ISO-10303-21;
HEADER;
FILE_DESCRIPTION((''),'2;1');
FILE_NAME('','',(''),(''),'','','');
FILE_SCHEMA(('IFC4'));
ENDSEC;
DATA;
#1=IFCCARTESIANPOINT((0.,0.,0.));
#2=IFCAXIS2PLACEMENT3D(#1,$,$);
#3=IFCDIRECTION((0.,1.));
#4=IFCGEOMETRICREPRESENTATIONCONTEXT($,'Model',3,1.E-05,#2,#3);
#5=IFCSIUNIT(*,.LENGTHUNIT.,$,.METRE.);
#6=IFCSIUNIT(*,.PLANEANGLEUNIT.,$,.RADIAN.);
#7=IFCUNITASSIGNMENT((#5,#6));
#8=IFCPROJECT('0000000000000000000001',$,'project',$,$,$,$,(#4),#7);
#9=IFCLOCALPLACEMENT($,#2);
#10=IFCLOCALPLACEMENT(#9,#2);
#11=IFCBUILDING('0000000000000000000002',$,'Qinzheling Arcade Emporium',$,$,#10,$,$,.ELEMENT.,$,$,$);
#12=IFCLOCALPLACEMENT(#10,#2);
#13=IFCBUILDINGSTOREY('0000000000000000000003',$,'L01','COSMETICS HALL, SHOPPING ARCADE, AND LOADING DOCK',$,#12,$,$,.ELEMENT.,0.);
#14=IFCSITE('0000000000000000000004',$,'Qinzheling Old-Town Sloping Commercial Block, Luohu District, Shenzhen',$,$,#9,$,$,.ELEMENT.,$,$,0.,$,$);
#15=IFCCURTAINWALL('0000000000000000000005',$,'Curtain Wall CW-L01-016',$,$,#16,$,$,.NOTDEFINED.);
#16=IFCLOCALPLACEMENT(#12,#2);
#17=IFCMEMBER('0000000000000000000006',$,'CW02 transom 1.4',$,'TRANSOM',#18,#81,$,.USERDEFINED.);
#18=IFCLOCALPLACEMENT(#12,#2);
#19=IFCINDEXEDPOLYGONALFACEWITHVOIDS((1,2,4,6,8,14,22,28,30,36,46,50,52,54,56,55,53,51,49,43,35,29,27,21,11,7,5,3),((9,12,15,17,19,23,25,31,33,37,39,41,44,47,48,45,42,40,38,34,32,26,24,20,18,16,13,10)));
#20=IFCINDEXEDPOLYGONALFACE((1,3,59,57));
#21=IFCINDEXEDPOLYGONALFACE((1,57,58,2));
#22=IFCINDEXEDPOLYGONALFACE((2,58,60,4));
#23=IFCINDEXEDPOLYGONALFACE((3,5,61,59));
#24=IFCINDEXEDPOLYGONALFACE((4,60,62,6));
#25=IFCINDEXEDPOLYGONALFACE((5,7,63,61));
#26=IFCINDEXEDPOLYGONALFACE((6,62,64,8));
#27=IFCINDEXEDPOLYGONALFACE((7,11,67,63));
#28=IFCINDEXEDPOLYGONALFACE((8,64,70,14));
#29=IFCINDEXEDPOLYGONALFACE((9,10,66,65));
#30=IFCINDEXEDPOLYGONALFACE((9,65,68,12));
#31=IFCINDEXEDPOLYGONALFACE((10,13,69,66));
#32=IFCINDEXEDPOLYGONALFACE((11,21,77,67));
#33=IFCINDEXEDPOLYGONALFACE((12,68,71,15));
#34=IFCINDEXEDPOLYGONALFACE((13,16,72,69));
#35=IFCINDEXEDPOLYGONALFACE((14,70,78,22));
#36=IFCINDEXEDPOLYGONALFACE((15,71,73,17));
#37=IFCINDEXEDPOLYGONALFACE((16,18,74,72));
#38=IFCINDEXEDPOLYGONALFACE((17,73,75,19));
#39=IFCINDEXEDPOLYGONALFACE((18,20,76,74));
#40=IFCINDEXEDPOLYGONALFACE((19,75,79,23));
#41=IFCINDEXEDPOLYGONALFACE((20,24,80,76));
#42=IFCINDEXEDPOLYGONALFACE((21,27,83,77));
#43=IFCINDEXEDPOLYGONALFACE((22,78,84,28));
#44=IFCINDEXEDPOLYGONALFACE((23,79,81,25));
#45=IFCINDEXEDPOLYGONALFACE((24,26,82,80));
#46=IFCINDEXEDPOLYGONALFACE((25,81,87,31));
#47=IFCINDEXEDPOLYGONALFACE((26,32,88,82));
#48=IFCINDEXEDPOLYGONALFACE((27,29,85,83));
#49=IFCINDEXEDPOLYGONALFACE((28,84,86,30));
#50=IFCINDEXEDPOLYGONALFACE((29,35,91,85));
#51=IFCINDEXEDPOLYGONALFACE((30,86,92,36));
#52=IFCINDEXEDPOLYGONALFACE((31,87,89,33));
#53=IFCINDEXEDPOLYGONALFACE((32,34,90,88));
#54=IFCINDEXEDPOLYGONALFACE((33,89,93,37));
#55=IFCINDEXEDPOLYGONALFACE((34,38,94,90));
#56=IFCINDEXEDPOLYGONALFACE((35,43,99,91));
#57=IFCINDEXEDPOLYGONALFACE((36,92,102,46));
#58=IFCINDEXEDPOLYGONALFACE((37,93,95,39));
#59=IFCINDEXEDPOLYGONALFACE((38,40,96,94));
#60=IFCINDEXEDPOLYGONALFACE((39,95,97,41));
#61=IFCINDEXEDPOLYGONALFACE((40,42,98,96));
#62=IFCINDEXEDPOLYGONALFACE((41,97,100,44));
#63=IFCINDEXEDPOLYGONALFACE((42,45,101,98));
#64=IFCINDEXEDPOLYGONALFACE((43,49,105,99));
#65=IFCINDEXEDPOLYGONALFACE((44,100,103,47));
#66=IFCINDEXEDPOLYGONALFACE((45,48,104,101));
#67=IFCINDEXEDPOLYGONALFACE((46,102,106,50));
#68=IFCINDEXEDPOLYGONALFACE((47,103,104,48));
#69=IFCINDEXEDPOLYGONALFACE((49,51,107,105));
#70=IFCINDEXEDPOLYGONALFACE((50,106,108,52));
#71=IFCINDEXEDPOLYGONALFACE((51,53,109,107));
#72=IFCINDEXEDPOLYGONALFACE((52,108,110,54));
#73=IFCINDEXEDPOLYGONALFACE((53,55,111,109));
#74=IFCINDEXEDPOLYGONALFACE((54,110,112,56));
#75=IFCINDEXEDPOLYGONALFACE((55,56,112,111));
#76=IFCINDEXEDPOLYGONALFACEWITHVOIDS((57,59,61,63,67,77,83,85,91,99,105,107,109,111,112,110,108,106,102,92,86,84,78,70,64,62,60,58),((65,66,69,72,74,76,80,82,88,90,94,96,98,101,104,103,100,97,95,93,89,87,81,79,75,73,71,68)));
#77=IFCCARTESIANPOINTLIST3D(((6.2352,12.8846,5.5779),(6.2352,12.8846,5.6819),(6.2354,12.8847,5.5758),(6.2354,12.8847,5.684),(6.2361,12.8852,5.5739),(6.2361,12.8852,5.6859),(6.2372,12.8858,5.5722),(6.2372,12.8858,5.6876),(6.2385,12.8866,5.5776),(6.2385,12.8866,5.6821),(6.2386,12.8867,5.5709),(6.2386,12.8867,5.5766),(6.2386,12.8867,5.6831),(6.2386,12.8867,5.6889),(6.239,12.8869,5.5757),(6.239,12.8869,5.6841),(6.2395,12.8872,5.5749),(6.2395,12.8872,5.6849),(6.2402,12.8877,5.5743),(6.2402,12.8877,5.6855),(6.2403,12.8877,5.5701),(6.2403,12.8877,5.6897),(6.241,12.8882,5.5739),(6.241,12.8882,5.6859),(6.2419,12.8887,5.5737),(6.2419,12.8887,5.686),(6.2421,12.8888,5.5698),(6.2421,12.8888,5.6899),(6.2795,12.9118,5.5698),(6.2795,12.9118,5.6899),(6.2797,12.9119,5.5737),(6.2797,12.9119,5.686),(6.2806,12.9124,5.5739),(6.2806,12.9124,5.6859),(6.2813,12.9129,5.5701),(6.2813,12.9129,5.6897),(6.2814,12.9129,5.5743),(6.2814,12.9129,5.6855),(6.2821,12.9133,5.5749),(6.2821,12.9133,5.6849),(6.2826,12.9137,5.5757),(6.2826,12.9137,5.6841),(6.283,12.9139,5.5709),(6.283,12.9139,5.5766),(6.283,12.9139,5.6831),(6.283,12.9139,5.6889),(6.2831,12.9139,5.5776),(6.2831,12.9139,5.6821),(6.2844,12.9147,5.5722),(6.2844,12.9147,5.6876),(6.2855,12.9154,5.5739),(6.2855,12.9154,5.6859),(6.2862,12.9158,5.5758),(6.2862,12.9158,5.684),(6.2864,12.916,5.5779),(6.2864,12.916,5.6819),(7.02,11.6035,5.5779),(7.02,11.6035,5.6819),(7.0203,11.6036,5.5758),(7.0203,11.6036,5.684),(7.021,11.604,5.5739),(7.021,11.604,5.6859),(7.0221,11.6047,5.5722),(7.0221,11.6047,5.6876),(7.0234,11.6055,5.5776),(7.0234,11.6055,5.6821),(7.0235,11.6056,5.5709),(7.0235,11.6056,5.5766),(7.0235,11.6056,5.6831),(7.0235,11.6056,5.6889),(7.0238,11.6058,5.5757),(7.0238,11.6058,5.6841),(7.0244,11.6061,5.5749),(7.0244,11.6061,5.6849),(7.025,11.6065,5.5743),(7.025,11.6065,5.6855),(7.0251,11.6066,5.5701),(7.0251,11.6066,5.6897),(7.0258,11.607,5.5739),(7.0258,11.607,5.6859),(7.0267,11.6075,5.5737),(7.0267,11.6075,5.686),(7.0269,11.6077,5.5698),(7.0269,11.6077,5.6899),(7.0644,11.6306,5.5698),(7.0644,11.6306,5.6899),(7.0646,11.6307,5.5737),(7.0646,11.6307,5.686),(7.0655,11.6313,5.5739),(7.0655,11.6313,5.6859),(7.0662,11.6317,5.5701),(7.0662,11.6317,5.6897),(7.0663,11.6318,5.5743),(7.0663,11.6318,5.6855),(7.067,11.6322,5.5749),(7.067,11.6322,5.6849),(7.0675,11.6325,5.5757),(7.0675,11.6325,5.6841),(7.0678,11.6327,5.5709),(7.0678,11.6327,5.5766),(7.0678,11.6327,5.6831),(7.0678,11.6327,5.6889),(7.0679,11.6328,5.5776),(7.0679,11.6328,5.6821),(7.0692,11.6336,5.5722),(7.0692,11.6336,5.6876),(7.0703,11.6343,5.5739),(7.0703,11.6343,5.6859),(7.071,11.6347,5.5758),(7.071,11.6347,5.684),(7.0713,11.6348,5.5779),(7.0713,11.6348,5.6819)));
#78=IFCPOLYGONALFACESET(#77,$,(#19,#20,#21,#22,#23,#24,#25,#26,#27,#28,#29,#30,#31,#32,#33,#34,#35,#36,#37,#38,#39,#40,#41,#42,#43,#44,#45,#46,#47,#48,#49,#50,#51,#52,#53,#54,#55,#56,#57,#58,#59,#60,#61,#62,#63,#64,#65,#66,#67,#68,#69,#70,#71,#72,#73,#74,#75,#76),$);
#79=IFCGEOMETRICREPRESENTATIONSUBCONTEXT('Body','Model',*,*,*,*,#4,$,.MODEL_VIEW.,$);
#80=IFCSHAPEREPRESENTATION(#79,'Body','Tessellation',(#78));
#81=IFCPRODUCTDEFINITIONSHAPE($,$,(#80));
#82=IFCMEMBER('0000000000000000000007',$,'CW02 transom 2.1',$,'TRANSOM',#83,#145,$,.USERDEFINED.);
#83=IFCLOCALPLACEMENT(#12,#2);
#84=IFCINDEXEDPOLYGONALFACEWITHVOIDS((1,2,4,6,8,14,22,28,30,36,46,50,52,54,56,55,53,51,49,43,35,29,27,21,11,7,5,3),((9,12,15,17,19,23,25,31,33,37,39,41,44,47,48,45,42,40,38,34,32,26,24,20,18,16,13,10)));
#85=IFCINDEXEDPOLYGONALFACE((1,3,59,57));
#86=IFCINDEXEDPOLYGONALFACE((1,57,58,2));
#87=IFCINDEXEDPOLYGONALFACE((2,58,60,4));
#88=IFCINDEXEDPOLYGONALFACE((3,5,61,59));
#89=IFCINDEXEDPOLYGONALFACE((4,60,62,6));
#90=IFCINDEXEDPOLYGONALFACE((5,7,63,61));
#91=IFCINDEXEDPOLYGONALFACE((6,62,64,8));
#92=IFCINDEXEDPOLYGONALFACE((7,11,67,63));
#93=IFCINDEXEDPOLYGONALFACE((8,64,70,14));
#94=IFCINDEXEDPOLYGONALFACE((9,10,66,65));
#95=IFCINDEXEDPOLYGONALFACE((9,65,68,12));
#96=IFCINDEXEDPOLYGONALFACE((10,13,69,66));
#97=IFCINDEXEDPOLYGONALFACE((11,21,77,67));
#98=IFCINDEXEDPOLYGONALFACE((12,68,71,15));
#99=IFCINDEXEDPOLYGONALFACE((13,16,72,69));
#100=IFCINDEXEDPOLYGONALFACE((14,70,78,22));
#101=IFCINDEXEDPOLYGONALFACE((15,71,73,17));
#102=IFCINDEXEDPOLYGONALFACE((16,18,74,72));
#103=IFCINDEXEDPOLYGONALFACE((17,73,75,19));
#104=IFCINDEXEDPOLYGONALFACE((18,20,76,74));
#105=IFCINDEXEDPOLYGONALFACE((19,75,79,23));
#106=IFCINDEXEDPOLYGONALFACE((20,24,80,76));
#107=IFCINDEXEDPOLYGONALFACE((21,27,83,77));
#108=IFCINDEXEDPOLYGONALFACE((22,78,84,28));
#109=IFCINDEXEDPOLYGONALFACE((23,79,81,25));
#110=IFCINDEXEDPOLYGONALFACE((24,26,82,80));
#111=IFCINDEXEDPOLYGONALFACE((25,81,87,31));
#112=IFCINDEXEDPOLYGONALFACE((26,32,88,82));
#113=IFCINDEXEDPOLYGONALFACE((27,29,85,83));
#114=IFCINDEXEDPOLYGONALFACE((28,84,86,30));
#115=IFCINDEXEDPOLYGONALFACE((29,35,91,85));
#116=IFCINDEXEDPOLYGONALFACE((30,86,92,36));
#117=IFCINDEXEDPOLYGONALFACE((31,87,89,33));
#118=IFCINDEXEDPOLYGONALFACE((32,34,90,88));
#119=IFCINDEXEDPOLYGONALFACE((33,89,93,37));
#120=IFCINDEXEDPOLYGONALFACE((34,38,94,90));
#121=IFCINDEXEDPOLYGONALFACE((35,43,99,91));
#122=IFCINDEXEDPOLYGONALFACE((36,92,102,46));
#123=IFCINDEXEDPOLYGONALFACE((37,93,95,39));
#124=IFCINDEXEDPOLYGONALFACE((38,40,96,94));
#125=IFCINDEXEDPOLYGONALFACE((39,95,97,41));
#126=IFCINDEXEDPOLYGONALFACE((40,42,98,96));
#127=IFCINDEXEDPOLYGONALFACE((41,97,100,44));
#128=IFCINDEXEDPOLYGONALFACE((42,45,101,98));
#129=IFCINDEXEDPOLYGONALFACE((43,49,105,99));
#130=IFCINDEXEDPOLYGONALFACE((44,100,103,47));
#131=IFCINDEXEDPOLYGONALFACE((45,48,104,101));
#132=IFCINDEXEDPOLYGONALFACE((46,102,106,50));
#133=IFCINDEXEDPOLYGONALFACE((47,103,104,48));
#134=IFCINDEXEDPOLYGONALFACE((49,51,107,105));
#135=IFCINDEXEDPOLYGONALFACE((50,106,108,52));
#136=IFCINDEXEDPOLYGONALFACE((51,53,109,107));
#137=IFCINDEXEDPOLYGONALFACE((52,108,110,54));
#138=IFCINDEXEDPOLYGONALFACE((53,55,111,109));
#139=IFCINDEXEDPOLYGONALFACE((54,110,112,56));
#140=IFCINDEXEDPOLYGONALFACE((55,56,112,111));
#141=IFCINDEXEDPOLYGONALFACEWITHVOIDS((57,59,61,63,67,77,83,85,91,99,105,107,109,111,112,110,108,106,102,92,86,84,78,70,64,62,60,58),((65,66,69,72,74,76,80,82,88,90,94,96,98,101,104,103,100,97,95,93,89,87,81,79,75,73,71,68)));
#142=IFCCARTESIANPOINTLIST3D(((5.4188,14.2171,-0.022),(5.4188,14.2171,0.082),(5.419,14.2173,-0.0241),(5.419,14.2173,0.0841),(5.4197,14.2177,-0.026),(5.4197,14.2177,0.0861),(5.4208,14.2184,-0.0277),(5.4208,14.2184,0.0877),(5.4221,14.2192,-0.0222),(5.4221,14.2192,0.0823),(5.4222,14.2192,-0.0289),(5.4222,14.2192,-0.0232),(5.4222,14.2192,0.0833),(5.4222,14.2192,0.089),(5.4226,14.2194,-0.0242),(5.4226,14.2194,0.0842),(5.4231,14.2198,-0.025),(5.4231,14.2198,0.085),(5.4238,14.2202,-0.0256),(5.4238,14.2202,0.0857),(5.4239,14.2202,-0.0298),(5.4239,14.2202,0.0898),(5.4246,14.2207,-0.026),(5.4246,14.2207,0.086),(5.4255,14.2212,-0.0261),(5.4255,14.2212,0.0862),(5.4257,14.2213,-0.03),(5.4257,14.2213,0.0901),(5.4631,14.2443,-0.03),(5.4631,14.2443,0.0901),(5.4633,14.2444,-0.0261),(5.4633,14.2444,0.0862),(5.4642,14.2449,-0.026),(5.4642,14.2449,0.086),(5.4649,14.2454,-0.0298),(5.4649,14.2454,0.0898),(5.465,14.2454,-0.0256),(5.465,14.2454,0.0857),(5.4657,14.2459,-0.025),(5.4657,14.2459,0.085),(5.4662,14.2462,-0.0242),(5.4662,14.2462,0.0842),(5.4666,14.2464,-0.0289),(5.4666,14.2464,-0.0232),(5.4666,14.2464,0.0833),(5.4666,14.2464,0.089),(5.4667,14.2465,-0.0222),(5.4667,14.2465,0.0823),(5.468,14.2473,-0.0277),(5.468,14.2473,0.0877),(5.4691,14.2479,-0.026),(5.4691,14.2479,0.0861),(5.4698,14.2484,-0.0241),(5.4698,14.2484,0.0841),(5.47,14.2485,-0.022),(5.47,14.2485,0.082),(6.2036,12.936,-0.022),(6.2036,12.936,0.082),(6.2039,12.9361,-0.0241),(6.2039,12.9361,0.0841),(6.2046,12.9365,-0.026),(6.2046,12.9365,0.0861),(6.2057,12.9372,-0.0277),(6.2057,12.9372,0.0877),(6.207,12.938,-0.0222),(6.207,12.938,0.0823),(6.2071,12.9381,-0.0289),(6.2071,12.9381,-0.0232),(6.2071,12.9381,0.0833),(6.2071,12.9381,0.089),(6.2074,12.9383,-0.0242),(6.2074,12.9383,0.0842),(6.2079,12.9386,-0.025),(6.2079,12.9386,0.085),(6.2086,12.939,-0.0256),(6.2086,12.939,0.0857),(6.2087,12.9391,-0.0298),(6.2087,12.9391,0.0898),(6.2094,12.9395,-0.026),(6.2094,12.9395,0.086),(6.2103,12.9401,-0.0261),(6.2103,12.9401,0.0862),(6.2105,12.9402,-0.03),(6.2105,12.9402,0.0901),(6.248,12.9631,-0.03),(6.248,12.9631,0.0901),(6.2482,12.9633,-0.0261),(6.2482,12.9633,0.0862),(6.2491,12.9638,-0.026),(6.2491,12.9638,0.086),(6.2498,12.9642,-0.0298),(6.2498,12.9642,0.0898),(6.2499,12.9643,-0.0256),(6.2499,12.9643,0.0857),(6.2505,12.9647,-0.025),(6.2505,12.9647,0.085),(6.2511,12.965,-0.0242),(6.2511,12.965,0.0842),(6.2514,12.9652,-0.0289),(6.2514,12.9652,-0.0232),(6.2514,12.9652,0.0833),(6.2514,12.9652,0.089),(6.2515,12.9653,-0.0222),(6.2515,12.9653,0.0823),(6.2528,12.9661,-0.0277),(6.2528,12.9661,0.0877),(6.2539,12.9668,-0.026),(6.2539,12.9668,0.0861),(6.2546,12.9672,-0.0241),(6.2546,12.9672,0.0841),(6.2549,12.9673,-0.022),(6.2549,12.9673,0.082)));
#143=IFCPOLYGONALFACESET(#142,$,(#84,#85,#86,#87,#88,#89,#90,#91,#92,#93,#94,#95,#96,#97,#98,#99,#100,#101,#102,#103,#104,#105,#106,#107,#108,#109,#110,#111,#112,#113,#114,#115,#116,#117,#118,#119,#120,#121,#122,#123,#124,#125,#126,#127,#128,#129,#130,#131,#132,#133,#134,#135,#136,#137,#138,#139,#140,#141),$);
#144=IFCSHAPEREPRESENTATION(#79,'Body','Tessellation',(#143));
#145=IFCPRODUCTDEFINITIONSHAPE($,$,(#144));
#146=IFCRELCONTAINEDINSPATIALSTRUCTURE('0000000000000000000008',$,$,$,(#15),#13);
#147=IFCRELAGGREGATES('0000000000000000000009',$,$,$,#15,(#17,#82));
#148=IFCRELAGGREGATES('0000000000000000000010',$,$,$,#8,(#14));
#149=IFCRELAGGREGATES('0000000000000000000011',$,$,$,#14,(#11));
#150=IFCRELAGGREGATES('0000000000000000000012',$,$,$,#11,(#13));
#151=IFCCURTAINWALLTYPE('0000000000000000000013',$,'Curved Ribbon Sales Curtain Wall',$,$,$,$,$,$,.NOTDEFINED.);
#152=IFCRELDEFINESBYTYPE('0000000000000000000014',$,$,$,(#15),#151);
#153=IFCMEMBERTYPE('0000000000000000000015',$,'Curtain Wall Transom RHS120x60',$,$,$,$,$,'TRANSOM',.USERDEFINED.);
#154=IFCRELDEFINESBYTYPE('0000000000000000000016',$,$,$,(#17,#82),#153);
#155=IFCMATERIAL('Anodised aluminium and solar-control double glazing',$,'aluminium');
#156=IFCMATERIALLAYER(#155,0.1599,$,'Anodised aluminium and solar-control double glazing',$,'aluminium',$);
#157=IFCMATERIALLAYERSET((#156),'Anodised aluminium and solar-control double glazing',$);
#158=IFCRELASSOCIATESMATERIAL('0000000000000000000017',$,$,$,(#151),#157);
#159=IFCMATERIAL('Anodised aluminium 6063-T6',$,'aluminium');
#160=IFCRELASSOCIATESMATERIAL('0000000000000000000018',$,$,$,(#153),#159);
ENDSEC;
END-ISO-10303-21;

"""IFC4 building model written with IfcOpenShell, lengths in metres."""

from ifc_helpers import new_model, si_unit, direction, frame, origin, origin_2d, place, context, subcontext, project, spatial, hollow_rectangle, extrude, material, layer, layer_set, material_profile, profile_set, type_object, element, aggregate, save


model = new_model("IFC4")

# Units and contexts
model_context = context("Model", 3, precision=1e-05, world=origin(), true_north=direction((0.0, 1.0)))
body_context = subcontext(model_context, "Body", "Model", "MODEL_VIEW")
ifc_project = project(units=[si_unit("LENGTHUNIT", "METRE"), si_unit("PLANEANGLEUNIT", "RADIAN")], contexts=[model_context])

# Site, building, storey
site_placement = place(None, origin())
site = spatial("IfcSite", under=ifc_project, at=site_placement, Name="Qinzheling Old-Town Sloping Commercial Block, Luohu District, Shenzhen", CompositionType="ELEMENT", RefElevation=0.0)
building_placement = place(site_placement, origin())
building = spatial("IfcBuilding", under=site, at=building_placement, Name="Qinzheling Arcade Emporium", CompositionType="ELEMENT")
storey_placement = place(building_placement, origin())
storey = spatial("IfcBuildingStorey", under=building, at=storey_placement, Name="L01", Description="COSMETICS HALL, SHOPPING ARCADE, AND LOADING DOCK", CompositionType="ELEMENT", Elevation=0.0)

# Curtain wall
ifc_material_1 = material(Name="Anodised aluminium and solar-control double glazing", Category="aluminium")
ifc_layer_1 = layer(ifc_material_1, 0.1599, Name="Anodised aluminium and solar-control double glazing", Category="aluminium")
ifc_layer_set_1 = layer_set([ifc_layer_1], Name="Anodised aluminium and solar-control double glazing")
curtain_wall_type = type_object("IfcCurtainWallType", Name="Curved Ribbon Sales Curtain Wall", PredefinedType="NOTDEFINED", material=ifc_layer_set_1)
ifc_material_2 = material(Name="Anodised aluminium 6063-T6", Category="aluminium")
curtain_wall_1_placement = place(storey_placement, origin())
curtain_wall_1 = element("IfcCurtainWall", 1, at=curtain_wall_1_placement, inside=storey, type_object=curtain_wall_type, Name="Curtain Wall CW-L01-016", PredefinedType="NOTDEFINED")

# Members
ifc_material_profile_1 = material_profile(ifc_material_2, hollow_rectangle(XDim=0.0601, YDim=0.1201, WallThickness=0.0039, InnerFilletRadius=0.0039, OuterFilletRadius=0.0081, at=origin_2d()), Name="RHS 120x60x4", Category="aluminium")
ifc_profile_set_1 = profile_set([ifc_material_profile_1], Name="Anodised aluminium 6063-T6")
member_type_1 = type_object("IfcMemberType", Name="Curtain Wall Transom RHS120x60", ElementType="TRANSOM", PredefinedType="USERDEFINED", material=ifc_profile_set_1)
member_1_placement = place(storey_placement, frame((7.0457, 11.6191, 5.6299), z_axis=(-0.522383, 0.852711, 0.0), x_axis=(-0.852711, -0.522383, 0.0)))
member_1 = element("IfcMember", 2, at=member_1_placement, type_object=member_type_1, Name="CW02 transom 1.4", ObjectType="TRANSOM", PredefinedType="USERDEFINED", context=body_context, shape_type="SweptSolid", body=[
    extrude(hollow_rectangle(XDim=0.0601, YDim=0.1201, WallThickness=0.0039, InnerFilletRadius=0.0039, OuterFilletRadius=0.0081, at=origin_2d()), origin(), (0.0, 0.0, 1.0), 1.5024),
])
member_2_placement = place(storey_placement, frame((6.2292, 12.9517, 0.03), z_axis=(-0.522383, 0.852711, 0.0), x_axis=(-0.852711, -0.522383, 0.0)))
member_2 = element("IfcMember", 3, at=member_2_placement, type_object=member_type_1, Name="CW02 transom 2.1", ObjectType="TRANSOM", PredefinedType="USERDEFINED", context=body_context, shape_type="SweptSolid", body=[
    extrude(hollow_rectangle(XDim=0.0601, YDim=0.1201, WallThickness=0.0039, InnerFilletRadius=0.0039, OuterFilletRadius=0.0081, at=origin_2d()), origin(), (0.0, 0.0, 1.0), 1.5024),
])

aggregate(curtain_wall_1, [member_1, member_2])

save(model, "model.ifc")
